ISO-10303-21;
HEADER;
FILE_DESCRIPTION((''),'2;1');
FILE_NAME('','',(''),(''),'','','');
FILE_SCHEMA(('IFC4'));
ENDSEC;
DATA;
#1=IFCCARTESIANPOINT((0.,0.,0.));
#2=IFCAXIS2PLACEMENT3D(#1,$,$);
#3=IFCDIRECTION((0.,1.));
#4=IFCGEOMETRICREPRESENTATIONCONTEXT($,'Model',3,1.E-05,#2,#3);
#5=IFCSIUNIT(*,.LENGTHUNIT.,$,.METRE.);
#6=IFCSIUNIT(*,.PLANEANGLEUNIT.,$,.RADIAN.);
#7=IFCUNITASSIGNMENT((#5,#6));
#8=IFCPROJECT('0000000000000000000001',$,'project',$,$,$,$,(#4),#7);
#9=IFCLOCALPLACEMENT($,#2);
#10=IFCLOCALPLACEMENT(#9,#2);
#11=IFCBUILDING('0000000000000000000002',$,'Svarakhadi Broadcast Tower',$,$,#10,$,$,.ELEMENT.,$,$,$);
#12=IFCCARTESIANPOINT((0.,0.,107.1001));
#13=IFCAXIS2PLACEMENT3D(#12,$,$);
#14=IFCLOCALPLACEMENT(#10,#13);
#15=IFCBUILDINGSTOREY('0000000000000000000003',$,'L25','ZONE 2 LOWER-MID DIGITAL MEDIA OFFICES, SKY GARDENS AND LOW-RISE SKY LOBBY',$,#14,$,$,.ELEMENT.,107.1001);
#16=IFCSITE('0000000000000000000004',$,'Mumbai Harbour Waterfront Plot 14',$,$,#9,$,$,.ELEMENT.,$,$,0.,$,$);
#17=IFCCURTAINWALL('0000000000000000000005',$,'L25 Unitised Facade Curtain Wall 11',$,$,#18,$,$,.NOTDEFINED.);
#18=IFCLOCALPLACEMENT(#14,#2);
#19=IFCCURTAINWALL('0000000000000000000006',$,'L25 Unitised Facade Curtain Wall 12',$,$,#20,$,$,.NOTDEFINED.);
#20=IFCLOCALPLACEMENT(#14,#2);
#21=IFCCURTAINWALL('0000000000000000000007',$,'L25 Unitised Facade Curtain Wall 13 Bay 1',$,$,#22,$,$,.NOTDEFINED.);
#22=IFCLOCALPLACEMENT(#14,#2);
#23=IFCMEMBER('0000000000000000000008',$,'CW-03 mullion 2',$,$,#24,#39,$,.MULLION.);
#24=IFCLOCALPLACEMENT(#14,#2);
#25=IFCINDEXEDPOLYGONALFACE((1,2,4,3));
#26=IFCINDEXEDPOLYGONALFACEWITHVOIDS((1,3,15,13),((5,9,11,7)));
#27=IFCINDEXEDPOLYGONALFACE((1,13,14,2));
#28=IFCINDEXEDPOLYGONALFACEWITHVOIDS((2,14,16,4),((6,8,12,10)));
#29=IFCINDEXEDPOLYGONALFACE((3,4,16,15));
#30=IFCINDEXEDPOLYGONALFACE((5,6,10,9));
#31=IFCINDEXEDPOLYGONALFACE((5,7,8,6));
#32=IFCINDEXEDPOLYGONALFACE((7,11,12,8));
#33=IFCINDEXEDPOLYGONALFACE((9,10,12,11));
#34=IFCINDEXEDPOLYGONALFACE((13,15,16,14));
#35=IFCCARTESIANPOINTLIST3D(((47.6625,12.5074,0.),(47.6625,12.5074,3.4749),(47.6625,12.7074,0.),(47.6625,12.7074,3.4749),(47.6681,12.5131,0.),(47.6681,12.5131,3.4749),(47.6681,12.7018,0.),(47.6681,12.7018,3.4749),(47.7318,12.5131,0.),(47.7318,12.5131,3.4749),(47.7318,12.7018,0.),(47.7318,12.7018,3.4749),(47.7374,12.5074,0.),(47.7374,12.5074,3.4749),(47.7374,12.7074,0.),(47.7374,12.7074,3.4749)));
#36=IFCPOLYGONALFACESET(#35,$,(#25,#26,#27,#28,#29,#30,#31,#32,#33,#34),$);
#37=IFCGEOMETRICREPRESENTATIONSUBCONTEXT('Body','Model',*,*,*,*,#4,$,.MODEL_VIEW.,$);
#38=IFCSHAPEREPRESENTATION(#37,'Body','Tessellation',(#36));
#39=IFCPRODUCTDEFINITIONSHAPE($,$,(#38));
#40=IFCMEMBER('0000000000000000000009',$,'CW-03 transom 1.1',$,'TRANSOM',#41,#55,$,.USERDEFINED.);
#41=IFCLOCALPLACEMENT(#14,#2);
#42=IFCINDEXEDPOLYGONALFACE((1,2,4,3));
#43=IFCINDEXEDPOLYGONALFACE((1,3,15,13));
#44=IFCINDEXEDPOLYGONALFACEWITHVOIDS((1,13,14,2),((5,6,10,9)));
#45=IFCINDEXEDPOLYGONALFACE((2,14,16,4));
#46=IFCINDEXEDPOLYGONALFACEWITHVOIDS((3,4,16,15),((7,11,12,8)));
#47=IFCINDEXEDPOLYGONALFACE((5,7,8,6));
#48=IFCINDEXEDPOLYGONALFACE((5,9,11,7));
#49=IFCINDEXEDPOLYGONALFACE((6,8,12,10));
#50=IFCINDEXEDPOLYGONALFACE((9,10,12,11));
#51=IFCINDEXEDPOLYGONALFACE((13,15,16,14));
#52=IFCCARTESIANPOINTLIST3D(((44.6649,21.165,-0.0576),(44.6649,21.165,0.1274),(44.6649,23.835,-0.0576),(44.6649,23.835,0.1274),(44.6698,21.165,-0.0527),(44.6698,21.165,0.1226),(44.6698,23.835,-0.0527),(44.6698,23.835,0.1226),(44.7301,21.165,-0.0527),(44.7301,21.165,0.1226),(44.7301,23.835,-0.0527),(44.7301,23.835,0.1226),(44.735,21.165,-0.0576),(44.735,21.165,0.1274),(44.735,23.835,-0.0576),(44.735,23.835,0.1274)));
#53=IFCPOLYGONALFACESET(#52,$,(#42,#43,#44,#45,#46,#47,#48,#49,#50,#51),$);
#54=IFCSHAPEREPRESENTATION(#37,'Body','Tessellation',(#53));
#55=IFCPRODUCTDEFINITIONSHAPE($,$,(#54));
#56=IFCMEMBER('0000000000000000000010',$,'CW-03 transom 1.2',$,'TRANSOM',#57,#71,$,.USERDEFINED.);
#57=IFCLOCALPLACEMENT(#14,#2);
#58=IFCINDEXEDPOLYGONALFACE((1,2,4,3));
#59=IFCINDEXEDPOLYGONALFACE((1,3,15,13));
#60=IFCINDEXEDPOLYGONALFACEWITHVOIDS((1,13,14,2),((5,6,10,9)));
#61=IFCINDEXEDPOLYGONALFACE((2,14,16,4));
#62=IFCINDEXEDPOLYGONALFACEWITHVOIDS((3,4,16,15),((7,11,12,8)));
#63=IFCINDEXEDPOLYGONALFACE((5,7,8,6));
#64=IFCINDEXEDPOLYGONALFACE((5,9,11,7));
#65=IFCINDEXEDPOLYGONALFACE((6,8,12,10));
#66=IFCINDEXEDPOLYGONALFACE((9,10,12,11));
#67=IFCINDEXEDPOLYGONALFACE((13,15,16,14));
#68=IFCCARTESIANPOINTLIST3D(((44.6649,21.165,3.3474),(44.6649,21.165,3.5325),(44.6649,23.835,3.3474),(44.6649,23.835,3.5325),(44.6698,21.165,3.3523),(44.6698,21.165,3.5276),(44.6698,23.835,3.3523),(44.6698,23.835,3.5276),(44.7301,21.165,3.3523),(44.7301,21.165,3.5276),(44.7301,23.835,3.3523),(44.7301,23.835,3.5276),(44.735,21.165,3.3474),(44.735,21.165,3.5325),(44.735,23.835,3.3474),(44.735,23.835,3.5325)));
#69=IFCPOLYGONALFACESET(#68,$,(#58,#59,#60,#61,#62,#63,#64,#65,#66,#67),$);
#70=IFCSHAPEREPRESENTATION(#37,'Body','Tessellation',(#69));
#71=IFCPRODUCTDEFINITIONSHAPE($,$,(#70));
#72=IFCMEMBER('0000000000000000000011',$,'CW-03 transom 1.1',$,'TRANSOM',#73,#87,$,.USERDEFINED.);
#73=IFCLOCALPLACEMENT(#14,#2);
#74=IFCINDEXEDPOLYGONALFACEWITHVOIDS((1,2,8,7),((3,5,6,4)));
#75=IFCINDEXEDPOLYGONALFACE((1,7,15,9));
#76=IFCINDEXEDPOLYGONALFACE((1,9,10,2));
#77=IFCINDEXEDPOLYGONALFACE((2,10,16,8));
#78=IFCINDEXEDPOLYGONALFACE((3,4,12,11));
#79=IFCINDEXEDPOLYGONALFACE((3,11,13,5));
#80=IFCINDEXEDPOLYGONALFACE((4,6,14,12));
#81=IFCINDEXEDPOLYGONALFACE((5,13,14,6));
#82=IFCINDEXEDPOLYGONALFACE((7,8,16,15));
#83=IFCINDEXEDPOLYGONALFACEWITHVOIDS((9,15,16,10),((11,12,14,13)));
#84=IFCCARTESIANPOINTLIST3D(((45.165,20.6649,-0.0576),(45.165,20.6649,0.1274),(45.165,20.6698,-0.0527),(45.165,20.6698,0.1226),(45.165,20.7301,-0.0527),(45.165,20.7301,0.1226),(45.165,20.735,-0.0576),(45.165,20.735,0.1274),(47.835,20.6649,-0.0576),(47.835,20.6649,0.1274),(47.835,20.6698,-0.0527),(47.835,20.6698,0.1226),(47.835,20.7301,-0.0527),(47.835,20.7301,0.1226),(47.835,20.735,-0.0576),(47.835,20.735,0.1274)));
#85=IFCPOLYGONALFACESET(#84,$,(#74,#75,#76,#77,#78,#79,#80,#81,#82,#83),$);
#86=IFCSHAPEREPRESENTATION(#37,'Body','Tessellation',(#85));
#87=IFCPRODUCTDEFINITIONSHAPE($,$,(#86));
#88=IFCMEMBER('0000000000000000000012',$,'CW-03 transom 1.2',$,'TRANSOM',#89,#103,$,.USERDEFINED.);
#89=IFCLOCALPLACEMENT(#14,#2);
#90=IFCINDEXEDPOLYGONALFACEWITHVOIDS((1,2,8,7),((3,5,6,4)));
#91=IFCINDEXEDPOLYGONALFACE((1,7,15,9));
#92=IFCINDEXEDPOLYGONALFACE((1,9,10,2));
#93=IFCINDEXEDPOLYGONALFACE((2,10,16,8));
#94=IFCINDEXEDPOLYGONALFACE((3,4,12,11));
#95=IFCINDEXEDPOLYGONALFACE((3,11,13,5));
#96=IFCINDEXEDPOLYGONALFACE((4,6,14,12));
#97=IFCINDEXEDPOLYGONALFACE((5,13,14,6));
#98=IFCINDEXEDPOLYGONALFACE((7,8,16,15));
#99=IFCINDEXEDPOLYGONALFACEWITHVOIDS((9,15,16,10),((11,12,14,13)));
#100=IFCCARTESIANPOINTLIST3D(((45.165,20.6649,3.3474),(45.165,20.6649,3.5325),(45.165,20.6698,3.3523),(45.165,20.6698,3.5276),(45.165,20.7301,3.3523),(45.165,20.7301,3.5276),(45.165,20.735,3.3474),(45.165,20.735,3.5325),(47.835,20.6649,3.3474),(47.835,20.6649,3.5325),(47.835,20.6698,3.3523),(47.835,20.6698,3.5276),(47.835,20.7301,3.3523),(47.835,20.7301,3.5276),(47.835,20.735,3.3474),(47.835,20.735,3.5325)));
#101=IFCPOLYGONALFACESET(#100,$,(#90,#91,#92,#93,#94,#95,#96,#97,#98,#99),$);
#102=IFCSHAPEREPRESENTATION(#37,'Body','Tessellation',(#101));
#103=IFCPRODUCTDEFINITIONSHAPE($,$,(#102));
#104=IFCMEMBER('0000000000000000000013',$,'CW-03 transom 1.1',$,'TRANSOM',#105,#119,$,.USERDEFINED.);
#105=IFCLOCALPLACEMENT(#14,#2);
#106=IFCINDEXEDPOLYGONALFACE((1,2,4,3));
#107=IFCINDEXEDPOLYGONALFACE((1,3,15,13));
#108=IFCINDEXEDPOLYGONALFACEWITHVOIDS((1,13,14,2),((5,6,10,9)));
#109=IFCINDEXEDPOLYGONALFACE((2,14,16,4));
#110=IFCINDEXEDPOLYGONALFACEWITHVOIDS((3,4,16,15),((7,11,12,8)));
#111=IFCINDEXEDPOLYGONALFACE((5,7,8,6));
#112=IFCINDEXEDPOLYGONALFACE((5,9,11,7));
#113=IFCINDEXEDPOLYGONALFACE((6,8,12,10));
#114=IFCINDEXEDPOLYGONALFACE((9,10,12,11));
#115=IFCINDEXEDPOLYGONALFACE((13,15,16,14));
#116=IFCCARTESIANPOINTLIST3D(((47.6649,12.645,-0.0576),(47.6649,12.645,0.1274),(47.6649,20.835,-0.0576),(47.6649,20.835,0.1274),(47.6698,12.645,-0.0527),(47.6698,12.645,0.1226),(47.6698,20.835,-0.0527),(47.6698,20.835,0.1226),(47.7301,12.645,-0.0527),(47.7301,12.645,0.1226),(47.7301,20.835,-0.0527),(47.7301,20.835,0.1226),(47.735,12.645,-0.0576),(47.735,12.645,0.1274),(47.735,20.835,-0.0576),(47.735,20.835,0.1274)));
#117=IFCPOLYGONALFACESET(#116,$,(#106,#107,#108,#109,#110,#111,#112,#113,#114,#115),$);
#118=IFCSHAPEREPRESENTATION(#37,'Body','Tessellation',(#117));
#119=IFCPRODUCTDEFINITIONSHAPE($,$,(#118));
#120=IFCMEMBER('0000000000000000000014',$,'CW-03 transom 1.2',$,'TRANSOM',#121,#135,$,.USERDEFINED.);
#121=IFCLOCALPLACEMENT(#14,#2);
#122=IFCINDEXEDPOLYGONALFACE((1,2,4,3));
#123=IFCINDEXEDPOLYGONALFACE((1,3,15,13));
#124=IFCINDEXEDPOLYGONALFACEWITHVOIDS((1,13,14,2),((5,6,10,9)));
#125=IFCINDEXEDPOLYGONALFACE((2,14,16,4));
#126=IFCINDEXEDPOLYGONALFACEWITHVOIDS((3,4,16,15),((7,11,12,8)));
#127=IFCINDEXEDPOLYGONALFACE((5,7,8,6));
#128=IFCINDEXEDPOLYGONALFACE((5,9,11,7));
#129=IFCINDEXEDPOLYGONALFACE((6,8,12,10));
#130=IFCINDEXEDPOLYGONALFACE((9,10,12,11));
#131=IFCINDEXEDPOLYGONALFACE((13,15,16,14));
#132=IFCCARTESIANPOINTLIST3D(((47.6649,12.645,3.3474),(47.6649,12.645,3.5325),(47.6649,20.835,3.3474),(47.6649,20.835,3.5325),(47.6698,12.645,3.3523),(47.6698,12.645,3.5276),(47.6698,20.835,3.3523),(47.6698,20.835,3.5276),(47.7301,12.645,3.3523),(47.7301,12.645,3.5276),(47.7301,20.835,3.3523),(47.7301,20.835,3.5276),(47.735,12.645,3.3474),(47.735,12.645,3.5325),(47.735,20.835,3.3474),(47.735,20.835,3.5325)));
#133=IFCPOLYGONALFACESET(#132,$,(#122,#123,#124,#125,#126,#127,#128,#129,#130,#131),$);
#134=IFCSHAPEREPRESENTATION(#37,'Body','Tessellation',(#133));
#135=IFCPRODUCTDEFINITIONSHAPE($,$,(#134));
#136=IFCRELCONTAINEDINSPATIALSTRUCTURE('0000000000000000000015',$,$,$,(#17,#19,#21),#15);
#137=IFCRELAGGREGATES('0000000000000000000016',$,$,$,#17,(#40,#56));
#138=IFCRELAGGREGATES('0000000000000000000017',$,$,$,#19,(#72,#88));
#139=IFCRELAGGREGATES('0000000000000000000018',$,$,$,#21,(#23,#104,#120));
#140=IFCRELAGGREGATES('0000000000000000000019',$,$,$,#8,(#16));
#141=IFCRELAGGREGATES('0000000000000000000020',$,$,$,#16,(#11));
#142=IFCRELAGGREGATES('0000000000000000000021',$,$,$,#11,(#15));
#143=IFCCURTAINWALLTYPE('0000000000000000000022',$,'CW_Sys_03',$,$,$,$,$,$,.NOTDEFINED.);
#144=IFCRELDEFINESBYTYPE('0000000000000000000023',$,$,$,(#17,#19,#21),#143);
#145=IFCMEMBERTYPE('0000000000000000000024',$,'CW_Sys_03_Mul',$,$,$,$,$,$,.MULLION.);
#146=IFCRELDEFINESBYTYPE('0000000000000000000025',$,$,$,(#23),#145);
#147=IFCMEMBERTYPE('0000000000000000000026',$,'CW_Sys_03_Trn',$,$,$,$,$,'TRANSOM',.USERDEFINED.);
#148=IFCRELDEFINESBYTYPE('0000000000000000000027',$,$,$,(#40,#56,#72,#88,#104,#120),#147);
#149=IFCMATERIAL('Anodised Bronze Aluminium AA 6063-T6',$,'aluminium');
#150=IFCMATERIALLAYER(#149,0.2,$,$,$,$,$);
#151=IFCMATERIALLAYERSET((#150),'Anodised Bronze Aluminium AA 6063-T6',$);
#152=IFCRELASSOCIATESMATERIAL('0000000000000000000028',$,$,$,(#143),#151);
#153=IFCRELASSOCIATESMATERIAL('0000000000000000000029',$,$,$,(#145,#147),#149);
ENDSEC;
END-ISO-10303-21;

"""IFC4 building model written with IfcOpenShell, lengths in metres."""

from ifc_helpers import new_model, si_unit, direction, frame, origin, origin_2d, place, context, subcontext, project, spatial, hollow_rectangle, extrude, material, layer, layer_set, material_profile, profile_set, type_object, element, aggregate, save


model = new_model("IFC4")

# Units and contexts
model_context = context("Model", 3, precision=1e-05, world=origin(), true_north=direction((0.0, 1.0)))
body_context = subcontext(model_context, "Body", "Model", "MODEL_VIEW")
ifc_project = project(units=[si_unit("LENGTHUNIT", "METRE"), si_unit("PLANEANGLEUNIT", "RADIAN")], contexts=[model_context])

# Site, building, storey
site_placement = place(None, origin())
site = spatial("IfcSite", under=ifc_project, at=site_placement, Name="Mumbai Harbour Waterfront Plot 14", CompositionType="ELEMENT", RefElevation=0.0)
building_placement = place(site_placement, origin())
building = spatial("IfcBuilding", under=site, at=building_placement, Name="Svarakhadi Broadcast Tower", CompositionType="ELEMENT")
storey_placement = place(building_placement, frame((0.0, 0.0, 107.1001)))
storey = spatial("IfcBuildingStorey", under=building, at=storey_placement, Name="L25", Description="ZONE 2 LOWER-MID DIGITAL MEDIA OFFICES, SKY GARDENS AND LOW-RISE SKY LOBBY", CompositionType="ELEMENT", Elevation=107.1001)

# Shared definitions
ifc_material_1 = material(Name="Anodised Bronze Aluminium AA 6063-T6", Category="aluminium")
ifc_layer_1 = layer(ifc_material_1, 0.2)
ifc_layer_set_1 = layer_set([ifc_layer_1], Name="Anodised Bronze Aluminium AA 6063-T6")
curtain_wall_type = type_object("IfcCurtainWallType", Name="CW_Sys_03", PredefinedType="NOTDEFINED", material=ifc_layer_set_1)
ifc_material_profile_1 = material_profile(ifc_material_1, hollow_rectangle(XDim=0.075, YDim=0.2, WallThickness=0.0056, at=origin_2d()), Name="ALU MULLION 200x75x6")
ifc_profile_set_1 = profile_set([ifc_material_profile_1], Name="Anodised Bronze Aluminium AA 6063-T6")
member_type_1 = type_object("IfcMemberType", Name="CW_Sys_03_Mul", PredefinedType="MULLION", material=ifc_profile_set_1)

# Curtain walls, member
curtain_wall_1_placement = place(storey_placement, origin())
curtain_wall_1 = element("IfcCurtainWall", 1, at=curtain_wall_1_placement, inside=storey, type_object=curtain_wall_type, Name="L25 Unitised Facade Curtain Wall 11", PredefinedType="NOTDEFINED")
curtain_wall_2_placement = place(storey_placement, origin())
curtain_wall_2 = element("IfcCurtainWall", 2, at=curtain_wall_2_placement, inside=storey, type_object=curtain_wall_type, Name="L25 Unitised Facade Curtain Wall 12", PredefinedType="NOTDEFINED")
curtain_wall_3_placement = place(storey_placement, origin())
curtain_wall_3 = element("IfcCurtainWall", 3, at=curtain_wall_3_placement, inside=storey, type_object=curtain_wall_type, Name="L25 Unitised Facade Curtain Wall 13 Bay 1", PredefinedType="NOTDEFINED")
member_1_placement = place(storey_placement, frame((47.7, 12.6074, 0.0), z_axis=(0.0, 0.0, 1.0), x_axis=(1.0, 0.0, 0.0)))
member_1 = element("IfcMember", 4, at=member_1_placement, type_object=member_type_1, Name="CW-03 mullion 2", PredefinedType="MULLION", context=body_context, shape_type="SweptSolid", body=[
    extrude(hollow_rectangle(XDim=0.075, YDim=0.2, WallThickness=0.0056, at=origin_2d()), origin(), (0.0, 0.0, 1.0), 3.4749),
])

# Members
ifc_material_profile_2 = material_profile(ifc_material_1, hollow_rectangle(XDim=0.0701, YDim=0.1851, WallThickness=0.0049, at=origin_2d()), Name="ALU TRANSOM 185x70x5")
ifc_profile_set_2 = profile_set([ifc_material_profile_2], Name="Anodised Bronze Aluminium AA 6063-T6")
member_type_2 = type_object("IfcMemberType", Name="CW_Sys_03_Trn", ElementType="TRANSOM", PredefinedType="USERDEFINED", material=ifc_profile_set_2)
member_2_placement = place(storey_placement, frame((44.7, 23.835, 0.0349), z_axis=(0.0, -1.0, 0.0), x_axis=(1.0, 0.0, 0.0)))
member_2 = element("IfcMember", 5, at=member_2_placement, type_object=member_type_2, Name="CW-03 transom 1.1", ObjectType="TRANSOM", PredefinedType="USERDEFINED", context=body_context, shape_type="SweptSolid", body=[
    extrude(hollow_rectangle(XDim=0.0701, YDim=0.1851, WallThickness=0.0049, at=origin_2d()), origin(), (0.0, 0.0, 1.0), 2.6699),
])
member_3_placement = place(storey_placement, frame((44.7, 23.835, 3.4399), z_axis=(0.0, -1.0, 0.0), x_axis=(1.0, 0.0, 0.0)))
member_3 = element("IfcMember", 6, at=member_3_placement, type_object=member_type_2, Name="CW-03 transom 1.2", ObjectType="TRANSOM", PredefinedType="USERDEFINED", context=body_context, shape_type="SweptSolid", body=[
    extrude(hollow_rectangle(XDim=0.0701, YDim=0.1851, WallThickness=0.0049, at=origin_2d()), origin(), (0.0, 0.0, 1.0), 2.6699),
])
member_4_placement = place(storey_placement, frame((45.165, 20.7, 0.0349), z_axis=(1.0, 0.0, 0.0), x_axis=(0.0, 1.0, 0.0)))
member_4 = element("IfcMember", 7, at=member_4_placement, type_object=member_type_2, Name="CW-03 transom 1.1", ObjectType="TRANSOM", PredefinedType="USERDEFINED", context=body_context, shape_type="SweptSolid", body=[
    extrude(hollow_rectangle(XDim=0.0701, YDim=0.1851, WallThickness=0.0049, at=origin_2d()), origin(), (0.0, 0.0, 1.0), 2.6699),
])
member_5_placement = place(storey_placement, frame((45.165, 20.7, 3.4399), z_axis=(1.0, 0.0, 0.0), x_axis=(0.0, 1.0, 0.0)))
member_5 = element("IfcMember", 8, at=member_5_placement, type_object=member_type_2, Name="CW-03 transom 1.2", ObjectType="TRANSOM", PredefinedType="USERDEFINED", context=body_context, shape_type="SweptSolid", body=[
    extrude(hollow_rectangle(XDim=0.0701, YDim=0.1851, WallThickness=0.0049, at=origin_2d()), origin(), (0.0, 0.0, 1.0), 2.6699),
])
member_6_placement = place(storey_placement, frame((47.7, 20.835, 0.0349), z_axis=(0.0, -1.0, 0.0), x_axis=(1.0, 0.0, 0.0)))
member_6 = element("IfcMember", 9, at=member_6_placement, type_object=member_type_2, Name="CW-03 transom 1.1", ObjectType="TRANSOM", PredefinedType="USERDEFINED", context=body_context, shape_type="SweptSolid", body=[
    extrude(hollow_rectangle(XDim=0.0701, YDim=0.1851, WallThickness=0.0049, at=origin_2d()), origin(), (0.0, 0.0, 1.0), 8.1899),
])
member_7_placement = place(storey_placement, frame((47.7, 20.835, 3.4399), z_axis=(0.0, -1.0, 0.0), x_axis=(1.0, 0.0, 0.0)))
member_7 = element("IfcMember", 10, at=member_7_placement, type_object=member_type_2, Name="CW-03 transom 1.2", ObjectType="TRANSOM", PredefinedType="USERDEFINED", context=body_context, shape_type="SweptSolid", body=[
    extrude(hollow_rectangle(XDim=0.0701, YDim=0.1851, WallThickness=0.0049, at=origin_2d()), origin(), (0.0, 0.0, 1.0), 8.1899),
])

aggregate(curtain_wall_1, [member_2, member_3])
aggregate(curtain_wall_2, [member_4, member_5])
aggregate(curtain_wall_3, [member_1, member_6, member_7])

save(model, "model.ifc")
